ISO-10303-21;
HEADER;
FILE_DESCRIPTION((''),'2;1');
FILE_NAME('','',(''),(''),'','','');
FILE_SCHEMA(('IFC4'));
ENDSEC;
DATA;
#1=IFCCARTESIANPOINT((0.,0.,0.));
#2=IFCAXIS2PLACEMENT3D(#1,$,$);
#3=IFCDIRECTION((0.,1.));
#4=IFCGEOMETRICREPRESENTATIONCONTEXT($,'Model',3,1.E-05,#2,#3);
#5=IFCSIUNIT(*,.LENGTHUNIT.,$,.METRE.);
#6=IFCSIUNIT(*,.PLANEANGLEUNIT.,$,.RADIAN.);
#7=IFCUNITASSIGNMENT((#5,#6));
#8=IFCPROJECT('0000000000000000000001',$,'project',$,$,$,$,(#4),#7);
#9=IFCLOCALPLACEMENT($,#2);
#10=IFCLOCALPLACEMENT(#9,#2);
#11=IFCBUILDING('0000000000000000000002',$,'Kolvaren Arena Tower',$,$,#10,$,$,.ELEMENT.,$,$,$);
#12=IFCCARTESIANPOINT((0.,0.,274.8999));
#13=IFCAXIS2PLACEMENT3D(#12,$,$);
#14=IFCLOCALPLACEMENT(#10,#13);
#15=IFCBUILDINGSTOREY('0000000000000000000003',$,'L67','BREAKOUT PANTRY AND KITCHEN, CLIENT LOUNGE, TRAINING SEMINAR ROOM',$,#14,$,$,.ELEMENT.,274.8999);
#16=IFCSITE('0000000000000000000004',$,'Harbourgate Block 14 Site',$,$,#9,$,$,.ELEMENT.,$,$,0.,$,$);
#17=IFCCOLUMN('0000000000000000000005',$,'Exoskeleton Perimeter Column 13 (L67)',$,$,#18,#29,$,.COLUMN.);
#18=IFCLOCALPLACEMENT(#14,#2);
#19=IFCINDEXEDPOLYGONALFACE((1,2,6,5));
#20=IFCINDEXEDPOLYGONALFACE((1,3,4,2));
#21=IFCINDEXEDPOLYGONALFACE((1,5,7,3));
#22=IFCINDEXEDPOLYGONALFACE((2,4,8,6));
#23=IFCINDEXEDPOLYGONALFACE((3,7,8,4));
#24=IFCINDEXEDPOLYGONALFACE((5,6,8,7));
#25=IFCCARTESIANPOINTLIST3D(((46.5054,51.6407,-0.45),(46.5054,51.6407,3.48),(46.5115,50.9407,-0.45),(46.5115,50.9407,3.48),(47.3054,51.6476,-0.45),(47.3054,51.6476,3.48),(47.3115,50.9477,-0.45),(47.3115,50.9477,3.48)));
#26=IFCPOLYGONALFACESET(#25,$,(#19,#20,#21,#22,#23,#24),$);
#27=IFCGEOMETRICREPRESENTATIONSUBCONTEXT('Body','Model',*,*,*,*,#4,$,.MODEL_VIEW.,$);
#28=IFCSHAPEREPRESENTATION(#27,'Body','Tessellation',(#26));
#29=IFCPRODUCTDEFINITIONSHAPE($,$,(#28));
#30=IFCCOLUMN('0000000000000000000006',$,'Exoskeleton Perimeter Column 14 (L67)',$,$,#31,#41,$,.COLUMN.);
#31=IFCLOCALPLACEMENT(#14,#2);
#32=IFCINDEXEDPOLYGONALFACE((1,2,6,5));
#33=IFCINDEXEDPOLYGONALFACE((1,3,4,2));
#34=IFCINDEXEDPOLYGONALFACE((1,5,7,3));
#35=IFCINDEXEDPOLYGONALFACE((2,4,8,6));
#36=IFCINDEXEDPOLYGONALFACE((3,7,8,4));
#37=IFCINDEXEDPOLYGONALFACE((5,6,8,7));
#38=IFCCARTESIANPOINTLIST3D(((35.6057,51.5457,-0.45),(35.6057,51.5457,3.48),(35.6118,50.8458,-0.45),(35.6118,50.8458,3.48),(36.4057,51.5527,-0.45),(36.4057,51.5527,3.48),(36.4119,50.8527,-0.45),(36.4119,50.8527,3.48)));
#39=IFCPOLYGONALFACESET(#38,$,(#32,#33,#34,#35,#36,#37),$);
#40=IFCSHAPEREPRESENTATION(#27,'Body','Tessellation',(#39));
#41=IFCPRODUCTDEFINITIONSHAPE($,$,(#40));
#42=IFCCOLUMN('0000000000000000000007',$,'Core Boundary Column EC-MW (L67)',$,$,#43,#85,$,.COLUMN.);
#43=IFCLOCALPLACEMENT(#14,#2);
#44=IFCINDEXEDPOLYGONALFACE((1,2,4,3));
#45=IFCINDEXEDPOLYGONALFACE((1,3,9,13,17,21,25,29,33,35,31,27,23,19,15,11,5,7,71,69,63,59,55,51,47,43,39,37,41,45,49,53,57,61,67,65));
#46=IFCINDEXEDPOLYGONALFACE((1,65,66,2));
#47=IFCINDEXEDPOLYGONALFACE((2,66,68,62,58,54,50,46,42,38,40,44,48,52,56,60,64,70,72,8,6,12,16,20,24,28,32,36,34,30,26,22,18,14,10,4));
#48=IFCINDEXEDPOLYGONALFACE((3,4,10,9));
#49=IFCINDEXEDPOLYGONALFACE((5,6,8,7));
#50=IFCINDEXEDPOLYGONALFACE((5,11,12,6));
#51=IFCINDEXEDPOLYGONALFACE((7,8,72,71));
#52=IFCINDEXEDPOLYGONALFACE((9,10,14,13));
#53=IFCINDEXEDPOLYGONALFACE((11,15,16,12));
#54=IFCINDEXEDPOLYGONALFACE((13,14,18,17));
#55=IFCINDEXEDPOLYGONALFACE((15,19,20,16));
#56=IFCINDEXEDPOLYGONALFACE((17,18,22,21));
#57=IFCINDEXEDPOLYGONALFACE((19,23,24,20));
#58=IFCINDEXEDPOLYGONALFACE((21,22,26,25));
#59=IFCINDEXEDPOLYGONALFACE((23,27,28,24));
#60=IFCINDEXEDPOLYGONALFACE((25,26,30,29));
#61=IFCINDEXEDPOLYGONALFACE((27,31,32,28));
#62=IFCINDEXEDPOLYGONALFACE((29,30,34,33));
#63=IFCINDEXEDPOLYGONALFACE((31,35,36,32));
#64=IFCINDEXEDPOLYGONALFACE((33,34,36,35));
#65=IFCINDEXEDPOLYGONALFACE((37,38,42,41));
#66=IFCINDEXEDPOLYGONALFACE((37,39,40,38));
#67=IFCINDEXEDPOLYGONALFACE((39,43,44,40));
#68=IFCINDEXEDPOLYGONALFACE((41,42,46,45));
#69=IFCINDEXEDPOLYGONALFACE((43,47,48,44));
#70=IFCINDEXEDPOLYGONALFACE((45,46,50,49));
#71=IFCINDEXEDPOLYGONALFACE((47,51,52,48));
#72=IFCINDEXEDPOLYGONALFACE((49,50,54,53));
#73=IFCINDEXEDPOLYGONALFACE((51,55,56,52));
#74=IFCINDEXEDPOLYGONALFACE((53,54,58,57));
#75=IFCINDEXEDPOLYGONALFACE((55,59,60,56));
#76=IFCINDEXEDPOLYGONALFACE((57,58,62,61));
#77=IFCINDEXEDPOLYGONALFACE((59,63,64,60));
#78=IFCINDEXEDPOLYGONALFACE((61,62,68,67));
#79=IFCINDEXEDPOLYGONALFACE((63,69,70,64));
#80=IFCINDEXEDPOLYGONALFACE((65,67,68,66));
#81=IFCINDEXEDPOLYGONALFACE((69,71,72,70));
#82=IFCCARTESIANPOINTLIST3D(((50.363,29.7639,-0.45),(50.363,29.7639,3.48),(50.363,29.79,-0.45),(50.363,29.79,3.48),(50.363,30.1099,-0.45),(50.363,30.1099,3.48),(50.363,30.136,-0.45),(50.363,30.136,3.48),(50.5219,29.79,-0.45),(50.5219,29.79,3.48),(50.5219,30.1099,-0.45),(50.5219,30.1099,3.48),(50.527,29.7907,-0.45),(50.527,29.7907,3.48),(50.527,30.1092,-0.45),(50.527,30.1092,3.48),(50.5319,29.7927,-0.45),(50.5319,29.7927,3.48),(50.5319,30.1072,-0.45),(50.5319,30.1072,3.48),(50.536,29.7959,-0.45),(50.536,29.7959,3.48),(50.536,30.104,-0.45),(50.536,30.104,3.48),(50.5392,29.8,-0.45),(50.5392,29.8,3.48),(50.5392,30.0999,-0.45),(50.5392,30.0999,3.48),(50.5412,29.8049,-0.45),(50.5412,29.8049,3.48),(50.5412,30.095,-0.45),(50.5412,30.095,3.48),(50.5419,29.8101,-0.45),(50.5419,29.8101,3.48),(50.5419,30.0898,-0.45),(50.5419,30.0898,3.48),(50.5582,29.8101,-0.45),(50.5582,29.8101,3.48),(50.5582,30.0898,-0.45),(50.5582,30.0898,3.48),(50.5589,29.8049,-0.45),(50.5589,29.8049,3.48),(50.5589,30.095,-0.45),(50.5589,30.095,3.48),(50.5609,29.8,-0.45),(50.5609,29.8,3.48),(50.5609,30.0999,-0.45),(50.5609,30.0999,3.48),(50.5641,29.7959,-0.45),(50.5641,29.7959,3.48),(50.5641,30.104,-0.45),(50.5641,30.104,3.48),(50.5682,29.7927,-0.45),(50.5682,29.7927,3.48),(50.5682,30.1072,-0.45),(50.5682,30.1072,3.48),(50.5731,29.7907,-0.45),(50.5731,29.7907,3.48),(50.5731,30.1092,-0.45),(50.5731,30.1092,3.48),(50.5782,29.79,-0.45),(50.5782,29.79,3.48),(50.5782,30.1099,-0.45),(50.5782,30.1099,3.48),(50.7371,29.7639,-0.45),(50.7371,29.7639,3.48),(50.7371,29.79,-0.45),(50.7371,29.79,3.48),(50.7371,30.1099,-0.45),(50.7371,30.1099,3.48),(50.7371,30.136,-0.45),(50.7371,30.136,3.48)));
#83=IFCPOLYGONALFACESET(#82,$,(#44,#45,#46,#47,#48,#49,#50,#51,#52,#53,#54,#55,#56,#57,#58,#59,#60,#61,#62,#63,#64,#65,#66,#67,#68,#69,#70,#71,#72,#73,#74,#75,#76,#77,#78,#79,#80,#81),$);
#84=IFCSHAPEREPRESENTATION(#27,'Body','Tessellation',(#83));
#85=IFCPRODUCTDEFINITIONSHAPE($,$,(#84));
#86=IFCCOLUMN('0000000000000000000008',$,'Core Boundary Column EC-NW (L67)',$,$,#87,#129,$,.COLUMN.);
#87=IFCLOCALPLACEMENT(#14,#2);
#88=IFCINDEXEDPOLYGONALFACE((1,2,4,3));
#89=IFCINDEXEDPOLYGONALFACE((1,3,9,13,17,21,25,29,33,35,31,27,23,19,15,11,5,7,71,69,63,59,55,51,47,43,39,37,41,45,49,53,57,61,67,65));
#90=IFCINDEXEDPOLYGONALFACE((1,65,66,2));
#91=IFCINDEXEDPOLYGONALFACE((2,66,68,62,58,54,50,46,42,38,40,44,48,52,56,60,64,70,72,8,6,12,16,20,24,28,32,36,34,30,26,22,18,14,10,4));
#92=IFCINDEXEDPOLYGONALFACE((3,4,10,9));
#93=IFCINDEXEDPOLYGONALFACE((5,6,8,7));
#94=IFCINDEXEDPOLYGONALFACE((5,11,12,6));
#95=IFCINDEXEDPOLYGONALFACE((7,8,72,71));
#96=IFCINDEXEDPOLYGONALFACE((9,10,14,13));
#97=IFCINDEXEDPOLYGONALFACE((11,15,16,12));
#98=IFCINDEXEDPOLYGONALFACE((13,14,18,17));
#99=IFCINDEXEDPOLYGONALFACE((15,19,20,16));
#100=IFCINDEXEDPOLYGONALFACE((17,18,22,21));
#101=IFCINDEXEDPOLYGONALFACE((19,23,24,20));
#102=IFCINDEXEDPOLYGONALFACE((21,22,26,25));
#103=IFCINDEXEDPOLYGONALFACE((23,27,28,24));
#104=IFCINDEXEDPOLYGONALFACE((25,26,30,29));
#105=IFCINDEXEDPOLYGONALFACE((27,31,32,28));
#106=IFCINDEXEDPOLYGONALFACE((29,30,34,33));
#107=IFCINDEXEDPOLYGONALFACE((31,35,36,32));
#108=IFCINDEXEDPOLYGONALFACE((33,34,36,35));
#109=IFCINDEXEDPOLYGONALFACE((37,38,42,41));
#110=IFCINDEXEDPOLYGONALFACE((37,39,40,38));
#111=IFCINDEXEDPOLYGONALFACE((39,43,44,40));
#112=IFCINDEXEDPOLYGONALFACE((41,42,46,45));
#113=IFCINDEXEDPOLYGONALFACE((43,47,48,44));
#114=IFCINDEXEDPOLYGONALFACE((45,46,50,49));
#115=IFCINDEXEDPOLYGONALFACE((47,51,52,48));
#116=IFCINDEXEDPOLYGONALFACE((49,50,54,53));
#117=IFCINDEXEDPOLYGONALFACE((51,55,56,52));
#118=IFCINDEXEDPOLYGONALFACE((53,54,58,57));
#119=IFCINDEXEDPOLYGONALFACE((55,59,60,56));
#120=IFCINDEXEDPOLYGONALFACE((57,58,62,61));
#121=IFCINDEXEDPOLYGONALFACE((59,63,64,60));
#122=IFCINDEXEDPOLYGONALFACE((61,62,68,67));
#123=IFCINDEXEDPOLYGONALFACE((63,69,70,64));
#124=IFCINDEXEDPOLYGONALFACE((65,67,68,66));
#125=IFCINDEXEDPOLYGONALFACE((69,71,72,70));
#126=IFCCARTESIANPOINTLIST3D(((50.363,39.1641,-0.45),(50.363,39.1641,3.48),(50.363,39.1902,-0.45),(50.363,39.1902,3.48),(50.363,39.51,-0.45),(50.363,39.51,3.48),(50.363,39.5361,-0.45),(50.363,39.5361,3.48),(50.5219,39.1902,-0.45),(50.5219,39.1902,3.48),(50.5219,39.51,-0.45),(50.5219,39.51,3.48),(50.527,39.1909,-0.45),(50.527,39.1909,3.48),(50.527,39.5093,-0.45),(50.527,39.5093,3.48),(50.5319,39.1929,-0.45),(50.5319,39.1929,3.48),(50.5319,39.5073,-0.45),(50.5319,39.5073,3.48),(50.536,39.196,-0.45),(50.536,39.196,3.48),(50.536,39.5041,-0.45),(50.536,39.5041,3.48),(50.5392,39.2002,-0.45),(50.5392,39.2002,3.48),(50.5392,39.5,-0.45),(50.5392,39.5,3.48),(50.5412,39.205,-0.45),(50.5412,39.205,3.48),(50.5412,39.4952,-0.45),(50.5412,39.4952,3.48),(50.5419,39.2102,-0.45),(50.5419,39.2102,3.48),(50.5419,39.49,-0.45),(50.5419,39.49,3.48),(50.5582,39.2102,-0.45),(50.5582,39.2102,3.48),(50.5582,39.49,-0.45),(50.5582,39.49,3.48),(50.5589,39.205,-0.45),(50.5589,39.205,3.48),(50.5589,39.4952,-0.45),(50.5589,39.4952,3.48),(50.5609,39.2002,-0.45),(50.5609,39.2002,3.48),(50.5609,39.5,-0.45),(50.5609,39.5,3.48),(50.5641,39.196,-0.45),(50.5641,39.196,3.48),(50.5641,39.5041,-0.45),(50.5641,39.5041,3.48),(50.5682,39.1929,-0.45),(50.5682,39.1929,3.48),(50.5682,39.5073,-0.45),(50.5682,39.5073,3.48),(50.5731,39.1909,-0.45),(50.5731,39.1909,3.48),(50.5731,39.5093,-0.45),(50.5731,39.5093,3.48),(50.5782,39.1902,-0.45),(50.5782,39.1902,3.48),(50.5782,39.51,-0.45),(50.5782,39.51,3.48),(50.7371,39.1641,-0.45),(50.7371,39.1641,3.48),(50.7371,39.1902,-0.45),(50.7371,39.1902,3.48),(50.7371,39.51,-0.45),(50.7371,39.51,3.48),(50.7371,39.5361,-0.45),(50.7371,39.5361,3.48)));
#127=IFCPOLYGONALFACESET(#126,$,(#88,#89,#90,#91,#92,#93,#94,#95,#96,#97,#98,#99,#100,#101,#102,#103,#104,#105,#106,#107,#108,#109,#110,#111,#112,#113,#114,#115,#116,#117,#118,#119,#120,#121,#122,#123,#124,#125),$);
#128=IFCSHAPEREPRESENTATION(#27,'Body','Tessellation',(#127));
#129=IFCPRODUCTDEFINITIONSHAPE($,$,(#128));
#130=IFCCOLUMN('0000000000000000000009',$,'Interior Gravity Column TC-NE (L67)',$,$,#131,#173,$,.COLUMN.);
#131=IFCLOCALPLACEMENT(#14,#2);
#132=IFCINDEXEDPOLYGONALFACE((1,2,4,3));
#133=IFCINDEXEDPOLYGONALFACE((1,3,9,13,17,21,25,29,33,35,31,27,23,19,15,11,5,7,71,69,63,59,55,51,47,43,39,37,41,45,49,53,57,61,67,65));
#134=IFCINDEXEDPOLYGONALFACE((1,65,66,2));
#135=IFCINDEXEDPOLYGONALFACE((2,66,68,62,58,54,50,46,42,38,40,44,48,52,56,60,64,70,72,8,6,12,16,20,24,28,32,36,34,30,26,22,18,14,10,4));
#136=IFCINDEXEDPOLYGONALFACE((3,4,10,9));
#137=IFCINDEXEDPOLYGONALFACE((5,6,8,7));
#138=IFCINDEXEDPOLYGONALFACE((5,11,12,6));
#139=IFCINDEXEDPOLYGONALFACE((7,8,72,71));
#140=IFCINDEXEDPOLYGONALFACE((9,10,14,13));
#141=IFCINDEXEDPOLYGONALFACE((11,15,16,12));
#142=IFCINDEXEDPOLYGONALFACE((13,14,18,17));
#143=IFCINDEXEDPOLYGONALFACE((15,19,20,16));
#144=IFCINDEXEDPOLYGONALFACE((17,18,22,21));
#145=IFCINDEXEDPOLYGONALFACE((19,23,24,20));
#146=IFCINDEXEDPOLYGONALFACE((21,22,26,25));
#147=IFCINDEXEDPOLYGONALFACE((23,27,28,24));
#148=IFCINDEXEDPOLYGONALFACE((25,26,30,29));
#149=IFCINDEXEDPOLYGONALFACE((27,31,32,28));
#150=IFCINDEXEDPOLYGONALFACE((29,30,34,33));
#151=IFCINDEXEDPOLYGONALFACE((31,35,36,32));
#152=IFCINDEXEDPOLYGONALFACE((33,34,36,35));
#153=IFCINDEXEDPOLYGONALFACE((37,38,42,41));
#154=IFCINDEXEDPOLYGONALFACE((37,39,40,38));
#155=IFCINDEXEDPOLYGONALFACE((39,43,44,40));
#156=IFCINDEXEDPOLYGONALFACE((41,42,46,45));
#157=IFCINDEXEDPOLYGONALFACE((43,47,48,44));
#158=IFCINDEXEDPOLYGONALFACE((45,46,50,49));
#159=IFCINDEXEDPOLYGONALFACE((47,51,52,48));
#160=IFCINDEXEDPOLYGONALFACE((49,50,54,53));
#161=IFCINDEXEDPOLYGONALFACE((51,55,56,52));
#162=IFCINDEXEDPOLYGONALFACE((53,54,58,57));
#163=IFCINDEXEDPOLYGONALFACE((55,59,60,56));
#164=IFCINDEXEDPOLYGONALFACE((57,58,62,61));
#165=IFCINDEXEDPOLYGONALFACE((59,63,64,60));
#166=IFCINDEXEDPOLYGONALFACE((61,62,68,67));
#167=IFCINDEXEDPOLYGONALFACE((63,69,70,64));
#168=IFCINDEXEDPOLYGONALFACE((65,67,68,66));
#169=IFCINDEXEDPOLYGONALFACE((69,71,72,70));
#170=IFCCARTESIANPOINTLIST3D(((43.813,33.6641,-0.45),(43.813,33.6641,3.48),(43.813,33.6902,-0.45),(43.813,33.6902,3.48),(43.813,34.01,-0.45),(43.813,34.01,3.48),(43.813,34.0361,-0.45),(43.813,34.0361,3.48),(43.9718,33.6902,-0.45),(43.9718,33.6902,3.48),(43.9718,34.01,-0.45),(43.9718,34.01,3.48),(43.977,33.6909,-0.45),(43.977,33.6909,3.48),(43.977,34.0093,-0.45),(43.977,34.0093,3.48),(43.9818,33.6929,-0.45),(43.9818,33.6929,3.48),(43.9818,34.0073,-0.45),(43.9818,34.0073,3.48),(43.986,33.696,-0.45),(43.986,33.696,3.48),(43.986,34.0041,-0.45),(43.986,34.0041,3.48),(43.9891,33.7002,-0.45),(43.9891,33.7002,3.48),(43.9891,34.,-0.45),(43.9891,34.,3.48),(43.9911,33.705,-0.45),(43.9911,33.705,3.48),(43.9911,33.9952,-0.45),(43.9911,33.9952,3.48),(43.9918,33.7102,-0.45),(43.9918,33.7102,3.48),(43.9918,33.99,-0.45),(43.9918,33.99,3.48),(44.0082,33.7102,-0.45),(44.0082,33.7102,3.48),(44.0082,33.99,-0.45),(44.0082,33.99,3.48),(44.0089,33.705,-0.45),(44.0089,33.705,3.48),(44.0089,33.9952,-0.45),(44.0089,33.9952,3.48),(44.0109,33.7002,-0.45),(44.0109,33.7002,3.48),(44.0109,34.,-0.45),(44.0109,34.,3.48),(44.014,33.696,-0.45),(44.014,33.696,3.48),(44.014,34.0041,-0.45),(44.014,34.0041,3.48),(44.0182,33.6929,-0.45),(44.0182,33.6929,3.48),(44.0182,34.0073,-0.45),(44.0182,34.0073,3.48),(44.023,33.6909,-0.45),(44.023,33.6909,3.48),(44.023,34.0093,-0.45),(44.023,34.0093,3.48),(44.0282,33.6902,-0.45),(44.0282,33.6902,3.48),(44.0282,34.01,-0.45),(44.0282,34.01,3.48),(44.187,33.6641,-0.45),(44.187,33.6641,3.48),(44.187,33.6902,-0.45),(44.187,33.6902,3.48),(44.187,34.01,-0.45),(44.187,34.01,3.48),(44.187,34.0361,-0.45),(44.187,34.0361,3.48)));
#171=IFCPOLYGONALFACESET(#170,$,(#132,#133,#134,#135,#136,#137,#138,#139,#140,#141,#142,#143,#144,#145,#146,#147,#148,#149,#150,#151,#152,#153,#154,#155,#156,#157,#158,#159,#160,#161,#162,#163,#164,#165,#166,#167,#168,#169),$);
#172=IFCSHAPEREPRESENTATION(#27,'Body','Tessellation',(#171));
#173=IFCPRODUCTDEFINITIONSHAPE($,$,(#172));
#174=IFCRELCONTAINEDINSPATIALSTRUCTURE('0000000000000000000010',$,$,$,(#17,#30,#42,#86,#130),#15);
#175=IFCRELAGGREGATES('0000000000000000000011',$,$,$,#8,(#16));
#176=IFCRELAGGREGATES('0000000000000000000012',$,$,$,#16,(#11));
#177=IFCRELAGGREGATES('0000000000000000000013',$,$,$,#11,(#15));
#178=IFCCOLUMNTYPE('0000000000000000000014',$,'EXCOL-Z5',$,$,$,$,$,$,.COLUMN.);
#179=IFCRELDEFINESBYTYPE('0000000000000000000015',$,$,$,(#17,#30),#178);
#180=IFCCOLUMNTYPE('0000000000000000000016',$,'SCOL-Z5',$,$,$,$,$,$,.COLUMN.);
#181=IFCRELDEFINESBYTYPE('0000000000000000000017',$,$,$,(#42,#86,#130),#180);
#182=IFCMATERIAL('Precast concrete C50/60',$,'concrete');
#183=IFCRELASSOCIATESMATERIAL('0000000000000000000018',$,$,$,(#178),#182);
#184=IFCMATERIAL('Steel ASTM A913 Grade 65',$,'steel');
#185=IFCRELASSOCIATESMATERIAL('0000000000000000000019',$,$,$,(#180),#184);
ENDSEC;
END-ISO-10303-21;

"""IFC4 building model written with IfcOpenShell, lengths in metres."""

from ifc_helpers import new_model, si_unit, direction, frame, origin, origin_2d, place, context, subcontext, project, spatial, rectangle, i_section, extrude, material, material_profile, profile_set, type_object, element, save


model = new_model("IFC4")

# Units and contexts
model_context = context("Model", 3, precision=1e-05, world=origin(), true_north=direction((0.0, 1.0)))
body_context = subcontext(model_context, "Body", "Model", "MODEL_VIEW")
ifc_project = project(units=[si_unit("LENGTHUNIT", "METRE"), si_unit("PLANEANGLEUNIT", "RADIAN")], contexts=[model_context])

# Site, building, storey
site_placement = place(None, origin())
site = spatial("IfcSite", under=ifc_project, at=site_placement, Name="Harbourgate Block 14 Site", CompositionType="ELEMENT", RefElevation=0.0)
building_placement = place(site_placement, origin())
building = spatial("IfcBuilding", under=site, at=building_placement, Name="Kolvaren Arena Tower", CompositionType="ELEMENT")
storey_placement = place(building_placement, frame((0.0, 0.0, 274.8999)))
storey = spatial("IfcBuildingStorey", under=building, at=storey_placement, Name="L67", Description="BREAKOUT PANTRY AND KITCHEN, CLIENT LOUNGE, TRAINING SEMINAR ROOM", CompositionType="ELEMENT", Elevation=274.8999)

# Columns
ifc_material_1 = material(Name="Precast concrete C50/60", Category="concrete")
ifc_material_profile_1 = material_profile(ifc_material_1, rectangle(XDim=0.8, YDim=0.7, at=origin_2d()), Name="RC-800x700")
ifc_profile_set_1 = profile_set([ifc_material_profile_1], Name="Precast concrete C50/60")
column_type_1 = type_object("IfcColumnType", Name="EXCOL-Z5", PredefinedType="COLUMN", material=ifc_profile_set_1)
for number, where, z_axis, x_axis, name in (
    (1, (46.9084, 51.2942, -0.45), (0.0, 0.0, 1.0), (0.999962, 0.008727, 0.0), "Exoskeleton Perimeter Column 13 (L67)"),
    (2, (36.0088, 51.1992, -0.45), (0.0, 0.0, 1.0), (0.999962, 0.008727, 0.0), "Exoskeleton Perimeter Column 14 (L67)"),
):
    element("IfcColumn", number, at=place(storey_placement, frame(where, z_axis=z_axis, x_axis=x_axis)), inside=storey, type_object=column_type_1, Name=name, PredefinedType="COLUMN", context=body_context, shape_type="SweptSolid", body=[
        extrude(rectangle(XDim=0.8, YDim=0.7, at=origin_2d()), origin(), (0.0, 0.0, 1.0), 3.9299),
    ])
ifc_material_2 = material(Name="Steel ASTM A913 Grade 65", Category="steel")
ifc_material_profile_2 = material_profile(ifc_material_2, i_section(OverallWidth=0.374, OverallDepth=0.3721, WebThickness=0.0164, FlangeThickness=0.0261, FilletRadius=0.02, at=origin_2d()), Name="W360x196")
ifc_profile_set_2 = profile_set([ifc_material_profile_2], Name="Steel ASTM A913 Grade 65")
column_type_2 = type_object("IfcColumnType", Name="SCOL-Z5", PredefinedType="COLUMN", material=ifc_profile_set_2)
for number, where, z_axis, x_axis, name in (
    (3, (50.55, 29.95, -0.45), (0.0, 0.0, 1.0), (1.0, 0.0, 0.0), "Core Boundary Column EC-MW (L67)"),
    (4, (50.55, 39.3501, -0.45), (0.0, 0.0, 1.0), (1.0, 0.0, 0.0), "Core Boundary Column EC-NW (L67)"),
    (5, (44.0, 33.8501, -0.45), (0.0, 0.0, 1.0), (1.0, 0.0, 0.0), "Interior Gravity Column TC-NE (L67)"),
):
    element("IfcColumn", number, at=place(storey_placement, frame(where, z_axis=z_axis, x_axis=x_axis)), inside=storey, type_object=column_type_2, Name=name, PredefinedType="COLUMN", context=body_context, shape_type="SweptSolid", body=[
        extrude(i_section(OverallWidth=0.374, OverallDepth=0.3721, WebThickness=0.0164, FlangeThickness=0.0261, FilletRadius=0.02, at=origin_2d()), origin(), (0.0, 0.0, 1.0), 3.9299),
    ])

save(model, "model.ifc")
